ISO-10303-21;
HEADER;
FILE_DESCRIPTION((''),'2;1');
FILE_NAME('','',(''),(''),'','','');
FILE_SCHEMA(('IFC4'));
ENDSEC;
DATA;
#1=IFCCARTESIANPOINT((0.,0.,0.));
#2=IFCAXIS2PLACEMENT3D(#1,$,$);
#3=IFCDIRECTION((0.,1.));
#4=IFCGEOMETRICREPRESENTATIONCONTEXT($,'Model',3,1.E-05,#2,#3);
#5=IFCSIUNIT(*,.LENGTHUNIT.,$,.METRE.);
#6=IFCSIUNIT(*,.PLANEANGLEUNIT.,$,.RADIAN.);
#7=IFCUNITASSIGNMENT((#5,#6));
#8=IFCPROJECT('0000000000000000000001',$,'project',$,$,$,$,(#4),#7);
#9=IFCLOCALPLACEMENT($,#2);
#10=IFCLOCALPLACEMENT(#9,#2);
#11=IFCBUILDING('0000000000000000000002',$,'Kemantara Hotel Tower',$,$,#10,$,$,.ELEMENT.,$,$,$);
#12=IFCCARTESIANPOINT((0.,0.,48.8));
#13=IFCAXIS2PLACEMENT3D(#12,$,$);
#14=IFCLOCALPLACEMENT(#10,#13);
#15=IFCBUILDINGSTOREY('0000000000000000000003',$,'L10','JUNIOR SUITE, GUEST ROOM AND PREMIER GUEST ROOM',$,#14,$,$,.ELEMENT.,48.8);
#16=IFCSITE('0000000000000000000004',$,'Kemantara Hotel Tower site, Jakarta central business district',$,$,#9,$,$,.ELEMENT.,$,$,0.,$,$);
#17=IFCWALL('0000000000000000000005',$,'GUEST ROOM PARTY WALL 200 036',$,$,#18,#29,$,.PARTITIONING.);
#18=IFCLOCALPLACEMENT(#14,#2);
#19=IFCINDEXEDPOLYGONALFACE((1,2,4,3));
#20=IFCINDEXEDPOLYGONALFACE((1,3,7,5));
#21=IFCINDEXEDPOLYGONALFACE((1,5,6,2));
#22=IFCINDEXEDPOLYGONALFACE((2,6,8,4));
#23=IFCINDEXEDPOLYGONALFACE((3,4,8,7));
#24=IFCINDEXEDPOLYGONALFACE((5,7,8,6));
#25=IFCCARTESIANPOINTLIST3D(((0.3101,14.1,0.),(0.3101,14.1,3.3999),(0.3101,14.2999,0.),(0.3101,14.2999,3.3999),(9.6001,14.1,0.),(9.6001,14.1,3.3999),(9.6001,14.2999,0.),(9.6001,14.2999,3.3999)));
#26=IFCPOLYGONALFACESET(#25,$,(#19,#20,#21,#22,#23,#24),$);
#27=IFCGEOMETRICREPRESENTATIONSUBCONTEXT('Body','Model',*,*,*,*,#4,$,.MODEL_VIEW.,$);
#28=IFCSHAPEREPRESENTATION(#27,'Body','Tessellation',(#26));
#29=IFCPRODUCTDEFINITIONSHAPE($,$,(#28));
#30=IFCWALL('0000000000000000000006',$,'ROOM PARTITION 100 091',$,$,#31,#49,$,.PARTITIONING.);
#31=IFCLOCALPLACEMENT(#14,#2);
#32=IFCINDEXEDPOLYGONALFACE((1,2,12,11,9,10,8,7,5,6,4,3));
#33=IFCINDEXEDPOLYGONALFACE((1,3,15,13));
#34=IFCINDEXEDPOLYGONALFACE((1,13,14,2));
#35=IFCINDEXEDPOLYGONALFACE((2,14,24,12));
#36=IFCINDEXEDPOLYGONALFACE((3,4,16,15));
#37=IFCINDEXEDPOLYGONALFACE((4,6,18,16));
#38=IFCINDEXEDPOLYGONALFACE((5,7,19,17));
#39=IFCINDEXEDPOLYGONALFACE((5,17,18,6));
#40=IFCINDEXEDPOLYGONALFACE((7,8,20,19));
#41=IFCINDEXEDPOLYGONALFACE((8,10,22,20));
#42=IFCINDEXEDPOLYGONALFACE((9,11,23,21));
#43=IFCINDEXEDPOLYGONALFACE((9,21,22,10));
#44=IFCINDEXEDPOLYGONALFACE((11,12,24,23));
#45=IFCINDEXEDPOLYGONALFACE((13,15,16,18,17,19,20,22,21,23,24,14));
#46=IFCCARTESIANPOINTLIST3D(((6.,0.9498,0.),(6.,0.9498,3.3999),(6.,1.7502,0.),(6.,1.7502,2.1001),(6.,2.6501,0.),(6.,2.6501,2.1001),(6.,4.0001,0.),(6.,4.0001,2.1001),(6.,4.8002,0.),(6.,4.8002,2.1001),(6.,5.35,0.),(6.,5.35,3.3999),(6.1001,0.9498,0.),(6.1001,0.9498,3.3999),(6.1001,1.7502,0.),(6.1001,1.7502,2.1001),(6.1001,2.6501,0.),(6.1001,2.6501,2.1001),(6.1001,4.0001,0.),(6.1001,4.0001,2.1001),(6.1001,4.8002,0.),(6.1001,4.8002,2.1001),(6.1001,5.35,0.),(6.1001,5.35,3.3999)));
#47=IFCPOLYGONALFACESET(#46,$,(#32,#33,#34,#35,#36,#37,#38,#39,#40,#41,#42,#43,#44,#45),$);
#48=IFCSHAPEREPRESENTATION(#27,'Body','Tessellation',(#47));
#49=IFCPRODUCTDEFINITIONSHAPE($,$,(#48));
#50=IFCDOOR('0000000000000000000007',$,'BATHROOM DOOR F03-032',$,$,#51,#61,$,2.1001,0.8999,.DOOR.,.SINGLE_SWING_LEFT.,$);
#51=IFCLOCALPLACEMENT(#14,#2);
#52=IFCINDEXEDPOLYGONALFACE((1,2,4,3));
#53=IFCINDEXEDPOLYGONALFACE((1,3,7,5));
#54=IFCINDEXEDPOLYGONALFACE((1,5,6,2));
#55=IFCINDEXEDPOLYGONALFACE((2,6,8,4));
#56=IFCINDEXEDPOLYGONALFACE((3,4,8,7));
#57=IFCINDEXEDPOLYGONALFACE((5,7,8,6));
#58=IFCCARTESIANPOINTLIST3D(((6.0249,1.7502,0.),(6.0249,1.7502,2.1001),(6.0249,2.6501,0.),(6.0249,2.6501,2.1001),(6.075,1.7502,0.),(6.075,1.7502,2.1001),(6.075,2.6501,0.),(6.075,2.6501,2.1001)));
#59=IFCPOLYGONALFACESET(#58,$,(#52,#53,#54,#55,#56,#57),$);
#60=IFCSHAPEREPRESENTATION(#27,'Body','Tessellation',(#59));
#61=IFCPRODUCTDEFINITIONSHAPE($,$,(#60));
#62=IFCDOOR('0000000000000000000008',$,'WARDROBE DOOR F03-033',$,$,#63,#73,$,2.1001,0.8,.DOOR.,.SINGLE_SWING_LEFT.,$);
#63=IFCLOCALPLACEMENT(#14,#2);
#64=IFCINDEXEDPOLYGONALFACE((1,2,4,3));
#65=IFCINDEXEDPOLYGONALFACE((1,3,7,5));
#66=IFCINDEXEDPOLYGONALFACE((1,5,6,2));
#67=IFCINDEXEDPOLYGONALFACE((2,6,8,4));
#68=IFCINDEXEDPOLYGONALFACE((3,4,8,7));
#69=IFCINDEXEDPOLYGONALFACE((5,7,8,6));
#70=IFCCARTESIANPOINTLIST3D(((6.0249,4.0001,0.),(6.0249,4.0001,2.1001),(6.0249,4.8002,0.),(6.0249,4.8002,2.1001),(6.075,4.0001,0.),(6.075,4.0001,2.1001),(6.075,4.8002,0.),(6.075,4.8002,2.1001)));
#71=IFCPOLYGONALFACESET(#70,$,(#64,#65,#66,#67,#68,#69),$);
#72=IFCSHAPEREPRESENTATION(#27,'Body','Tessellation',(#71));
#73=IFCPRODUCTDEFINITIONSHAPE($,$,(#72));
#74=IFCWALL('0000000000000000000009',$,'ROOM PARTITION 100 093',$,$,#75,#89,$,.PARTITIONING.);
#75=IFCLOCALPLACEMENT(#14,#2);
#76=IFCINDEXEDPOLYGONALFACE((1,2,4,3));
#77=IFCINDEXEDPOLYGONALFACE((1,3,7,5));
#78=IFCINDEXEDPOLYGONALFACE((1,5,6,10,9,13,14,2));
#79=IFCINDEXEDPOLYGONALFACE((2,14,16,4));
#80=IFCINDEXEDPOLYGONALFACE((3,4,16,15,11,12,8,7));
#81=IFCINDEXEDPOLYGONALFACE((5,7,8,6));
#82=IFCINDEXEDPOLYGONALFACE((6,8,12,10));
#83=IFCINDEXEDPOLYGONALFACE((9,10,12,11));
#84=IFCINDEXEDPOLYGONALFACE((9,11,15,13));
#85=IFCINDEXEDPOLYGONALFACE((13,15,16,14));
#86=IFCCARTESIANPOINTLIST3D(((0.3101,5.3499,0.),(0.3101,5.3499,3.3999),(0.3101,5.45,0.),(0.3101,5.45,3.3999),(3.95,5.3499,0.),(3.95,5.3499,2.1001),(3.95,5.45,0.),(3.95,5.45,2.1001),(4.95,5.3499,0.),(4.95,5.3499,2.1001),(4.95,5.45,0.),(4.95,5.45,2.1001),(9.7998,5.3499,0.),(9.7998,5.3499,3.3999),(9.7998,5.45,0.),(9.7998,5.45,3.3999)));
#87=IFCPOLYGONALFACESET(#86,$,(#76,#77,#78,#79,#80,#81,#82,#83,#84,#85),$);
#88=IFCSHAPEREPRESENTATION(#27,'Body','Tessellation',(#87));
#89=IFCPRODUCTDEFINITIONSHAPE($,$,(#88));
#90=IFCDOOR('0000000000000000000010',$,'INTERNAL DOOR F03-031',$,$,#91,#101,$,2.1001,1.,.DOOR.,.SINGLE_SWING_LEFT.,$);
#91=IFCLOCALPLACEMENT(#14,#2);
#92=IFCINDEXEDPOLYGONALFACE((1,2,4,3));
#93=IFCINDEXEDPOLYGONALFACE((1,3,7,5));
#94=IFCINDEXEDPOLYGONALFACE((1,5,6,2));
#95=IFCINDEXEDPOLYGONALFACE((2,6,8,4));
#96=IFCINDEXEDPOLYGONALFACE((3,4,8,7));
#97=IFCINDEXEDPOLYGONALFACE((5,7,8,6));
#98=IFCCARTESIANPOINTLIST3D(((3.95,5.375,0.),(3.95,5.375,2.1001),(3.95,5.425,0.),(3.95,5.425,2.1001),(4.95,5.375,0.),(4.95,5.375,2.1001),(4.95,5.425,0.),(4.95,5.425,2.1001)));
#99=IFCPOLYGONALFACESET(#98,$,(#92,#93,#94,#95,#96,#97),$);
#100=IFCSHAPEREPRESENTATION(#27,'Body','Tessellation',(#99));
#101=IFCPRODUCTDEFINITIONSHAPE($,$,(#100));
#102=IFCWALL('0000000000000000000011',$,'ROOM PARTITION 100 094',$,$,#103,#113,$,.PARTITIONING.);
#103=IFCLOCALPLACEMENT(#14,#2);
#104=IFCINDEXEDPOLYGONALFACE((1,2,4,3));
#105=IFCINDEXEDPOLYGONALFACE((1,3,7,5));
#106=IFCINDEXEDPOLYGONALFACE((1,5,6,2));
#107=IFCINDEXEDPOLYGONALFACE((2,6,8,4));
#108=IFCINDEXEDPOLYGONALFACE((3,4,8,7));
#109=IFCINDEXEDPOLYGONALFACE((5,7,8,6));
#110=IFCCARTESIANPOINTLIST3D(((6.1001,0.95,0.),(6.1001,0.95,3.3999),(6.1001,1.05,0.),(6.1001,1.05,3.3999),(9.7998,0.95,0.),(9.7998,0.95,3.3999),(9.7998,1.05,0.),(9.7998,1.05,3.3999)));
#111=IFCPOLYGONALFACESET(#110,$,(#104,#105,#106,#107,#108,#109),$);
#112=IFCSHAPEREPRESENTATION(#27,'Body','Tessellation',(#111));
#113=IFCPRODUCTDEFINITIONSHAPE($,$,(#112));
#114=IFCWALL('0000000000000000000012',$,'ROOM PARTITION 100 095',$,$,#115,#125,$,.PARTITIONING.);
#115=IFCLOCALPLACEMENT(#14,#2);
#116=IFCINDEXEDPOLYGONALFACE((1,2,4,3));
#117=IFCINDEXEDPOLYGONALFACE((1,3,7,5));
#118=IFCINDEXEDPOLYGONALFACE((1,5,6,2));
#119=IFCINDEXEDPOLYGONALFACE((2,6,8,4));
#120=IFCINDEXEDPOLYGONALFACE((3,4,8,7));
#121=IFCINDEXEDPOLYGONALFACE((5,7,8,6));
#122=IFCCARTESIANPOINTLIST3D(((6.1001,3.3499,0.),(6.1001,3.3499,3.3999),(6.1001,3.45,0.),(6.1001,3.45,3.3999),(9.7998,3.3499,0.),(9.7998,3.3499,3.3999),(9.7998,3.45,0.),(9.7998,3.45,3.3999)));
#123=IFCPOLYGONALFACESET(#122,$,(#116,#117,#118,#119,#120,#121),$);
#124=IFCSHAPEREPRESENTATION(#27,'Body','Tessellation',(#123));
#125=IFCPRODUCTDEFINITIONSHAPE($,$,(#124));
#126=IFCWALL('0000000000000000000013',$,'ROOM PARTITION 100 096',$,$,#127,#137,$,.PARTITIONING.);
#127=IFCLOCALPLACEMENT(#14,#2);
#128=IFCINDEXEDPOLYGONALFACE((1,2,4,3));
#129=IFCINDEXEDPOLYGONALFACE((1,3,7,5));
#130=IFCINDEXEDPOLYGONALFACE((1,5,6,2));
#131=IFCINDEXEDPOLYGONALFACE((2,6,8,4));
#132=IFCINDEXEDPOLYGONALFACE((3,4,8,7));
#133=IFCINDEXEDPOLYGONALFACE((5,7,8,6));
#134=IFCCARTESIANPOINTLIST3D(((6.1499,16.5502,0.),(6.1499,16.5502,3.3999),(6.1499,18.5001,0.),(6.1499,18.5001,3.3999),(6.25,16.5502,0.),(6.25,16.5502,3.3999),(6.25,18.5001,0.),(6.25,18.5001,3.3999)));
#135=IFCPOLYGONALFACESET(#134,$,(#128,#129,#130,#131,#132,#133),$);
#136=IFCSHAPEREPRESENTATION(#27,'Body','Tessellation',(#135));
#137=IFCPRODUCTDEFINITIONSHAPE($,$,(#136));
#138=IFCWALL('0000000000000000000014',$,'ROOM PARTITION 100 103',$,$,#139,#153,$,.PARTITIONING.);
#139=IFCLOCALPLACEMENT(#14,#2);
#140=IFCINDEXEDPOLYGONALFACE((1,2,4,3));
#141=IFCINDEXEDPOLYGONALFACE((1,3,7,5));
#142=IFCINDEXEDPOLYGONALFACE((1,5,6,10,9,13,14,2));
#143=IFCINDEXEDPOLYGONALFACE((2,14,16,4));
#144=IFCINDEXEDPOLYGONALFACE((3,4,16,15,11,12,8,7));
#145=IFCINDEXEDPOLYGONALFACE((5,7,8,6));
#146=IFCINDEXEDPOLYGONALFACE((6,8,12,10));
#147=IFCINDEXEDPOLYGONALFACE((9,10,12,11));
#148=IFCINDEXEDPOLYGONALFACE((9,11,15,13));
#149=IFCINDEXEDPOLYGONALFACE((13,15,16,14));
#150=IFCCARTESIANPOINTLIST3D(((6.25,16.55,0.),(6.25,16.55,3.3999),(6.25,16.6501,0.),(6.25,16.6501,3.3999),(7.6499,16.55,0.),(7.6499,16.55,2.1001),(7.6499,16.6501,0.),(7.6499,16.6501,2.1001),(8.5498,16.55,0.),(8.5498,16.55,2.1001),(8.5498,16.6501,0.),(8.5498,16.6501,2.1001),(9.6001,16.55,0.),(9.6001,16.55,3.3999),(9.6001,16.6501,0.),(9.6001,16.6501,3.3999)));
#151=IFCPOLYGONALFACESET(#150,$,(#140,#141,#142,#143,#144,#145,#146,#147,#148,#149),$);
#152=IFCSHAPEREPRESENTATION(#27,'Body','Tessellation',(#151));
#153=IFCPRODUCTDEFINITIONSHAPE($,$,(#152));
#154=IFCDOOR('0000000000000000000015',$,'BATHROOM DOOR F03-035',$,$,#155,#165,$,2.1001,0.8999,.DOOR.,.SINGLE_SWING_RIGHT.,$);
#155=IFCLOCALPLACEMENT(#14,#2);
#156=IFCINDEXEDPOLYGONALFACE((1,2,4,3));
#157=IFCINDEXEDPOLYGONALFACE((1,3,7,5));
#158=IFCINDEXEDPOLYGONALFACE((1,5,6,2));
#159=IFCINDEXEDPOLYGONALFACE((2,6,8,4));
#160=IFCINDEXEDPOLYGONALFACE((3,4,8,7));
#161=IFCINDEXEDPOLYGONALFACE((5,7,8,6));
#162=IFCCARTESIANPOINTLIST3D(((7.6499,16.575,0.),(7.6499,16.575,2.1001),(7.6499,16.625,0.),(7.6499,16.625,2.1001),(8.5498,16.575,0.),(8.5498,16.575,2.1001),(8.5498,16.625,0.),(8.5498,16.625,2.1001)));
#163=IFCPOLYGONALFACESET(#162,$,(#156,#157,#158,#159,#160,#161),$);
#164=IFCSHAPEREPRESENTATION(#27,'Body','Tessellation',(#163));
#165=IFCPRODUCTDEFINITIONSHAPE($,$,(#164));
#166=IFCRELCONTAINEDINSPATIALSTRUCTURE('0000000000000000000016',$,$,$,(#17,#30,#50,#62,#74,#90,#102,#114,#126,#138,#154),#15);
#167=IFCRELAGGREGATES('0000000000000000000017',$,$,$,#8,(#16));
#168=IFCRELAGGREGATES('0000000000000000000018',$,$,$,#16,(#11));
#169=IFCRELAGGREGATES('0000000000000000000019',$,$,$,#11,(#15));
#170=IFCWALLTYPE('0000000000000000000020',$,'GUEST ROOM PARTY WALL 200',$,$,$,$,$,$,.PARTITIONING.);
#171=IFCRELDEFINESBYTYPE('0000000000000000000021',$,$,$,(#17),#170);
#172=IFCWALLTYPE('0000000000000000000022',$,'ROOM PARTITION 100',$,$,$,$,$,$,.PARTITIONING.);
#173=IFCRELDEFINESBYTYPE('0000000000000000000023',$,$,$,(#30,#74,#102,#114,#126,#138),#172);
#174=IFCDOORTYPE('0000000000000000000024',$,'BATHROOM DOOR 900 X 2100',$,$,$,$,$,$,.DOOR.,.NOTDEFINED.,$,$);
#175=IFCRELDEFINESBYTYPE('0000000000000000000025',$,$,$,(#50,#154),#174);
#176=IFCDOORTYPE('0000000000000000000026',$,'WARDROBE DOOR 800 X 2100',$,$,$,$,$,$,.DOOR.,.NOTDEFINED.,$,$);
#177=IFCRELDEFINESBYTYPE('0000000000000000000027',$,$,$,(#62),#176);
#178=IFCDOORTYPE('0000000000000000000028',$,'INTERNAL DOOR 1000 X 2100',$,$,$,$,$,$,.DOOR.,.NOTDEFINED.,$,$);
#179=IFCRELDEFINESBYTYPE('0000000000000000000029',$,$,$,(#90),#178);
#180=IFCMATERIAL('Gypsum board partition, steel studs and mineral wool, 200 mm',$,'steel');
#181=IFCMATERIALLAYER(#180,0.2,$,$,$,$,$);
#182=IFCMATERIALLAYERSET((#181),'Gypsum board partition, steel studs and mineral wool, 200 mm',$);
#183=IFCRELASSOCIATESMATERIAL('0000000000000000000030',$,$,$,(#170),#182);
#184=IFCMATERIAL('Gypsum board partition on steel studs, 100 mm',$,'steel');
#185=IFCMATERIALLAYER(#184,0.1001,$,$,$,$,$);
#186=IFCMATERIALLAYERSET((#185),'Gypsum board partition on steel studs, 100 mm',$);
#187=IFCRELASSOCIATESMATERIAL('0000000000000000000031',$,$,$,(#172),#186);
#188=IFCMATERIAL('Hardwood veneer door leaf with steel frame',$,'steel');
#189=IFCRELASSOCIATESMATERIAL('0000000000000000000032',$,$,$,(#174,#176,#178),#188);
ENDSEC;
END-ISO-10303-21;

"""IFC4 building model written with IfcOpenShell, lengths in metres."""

from ifc_helpers import new_model, si_unit, direction, frame, frame_2d, origin, place, context, subcontext, project, spatial, rectangle, extrude, material, layer, layer_set, type_object, element, fill, save


model = new_model("IFC4")

# Units and contexts
model_context = context("Model", 3, precision=1e-05, world=origin(), true_north=direction((0.0, 1.0)))
body_context = subcontext(model_context, "Body", "Model", "MODEL_VIEW")
ifc_project = project(units=[si_unit("LENGTHUNIT", "METRE"), si_unit("PLANEANGLEUNIT", "RADIAN")], contexts=[model_context])

# Site, building, storey
site_placement = place(None, origin())
site = spatial("IfcSite", under=ifc_project, at=site_placement, Name="Kemantara Hotel Tower site, Jakarta central business district", CompositionType="ELEMENT", RefElevation=0.0)
building_placement = place(site_placement, origin())
building = spatial("IfcBuilding", under=site, at=building_placement, Name="Kemantara Hotel Tower", CompositionType="ELEMENT")
storey_placement = place(building_placement, frame((0.0, 0.0, 48.8)))
storey = spatial("IfcBuildingStorey", under=building, at=storey_placement, Name="L10", Description="JUNIOR SUITE, GUEST ROOM AND PREMIER GUEST ROOM", CompositionType="ELEMENT", Elevation=48.8)

# Shared definitions
ifc_material_1 = material(Name="Gypsum board partition, steel studs and mineral wool, 200 mm", Category="steel")
ifc_material_2 = material(Name="Hardwood veneer door leaf with steel frame", Category="steel")

# Wall
ifc_layer_1 = layer(ifc_material_1, 0.2)
ifc_layer_set_1 = layer_set([ifc_layer_1], Name="Gypsum board partition, steel studs and mineral wool, 200 mm")
wall_type_1 = type_object("IfcWallType", Name="GUEST ROOM PARTY WALL 200", PredefinedType="PARTITIONING", material=ifc_layer_set_1)
wall_1_placement = place(storey_placement, frame((0.3101, 14.2, 0.0), z_axis=(0.0, 0.0, 1.0), x_axis=(1.0, 0.0, 0.0)))
element("IfcWall", 1, at=wall_1_placement, inside=storey, type_object=wall_type_1, Name="GUEST ROOM PARTY WALL 200 036", PredefinedType="PARTITIONING", context=body_context, shape_type="SweptSolid", body=[
    extrude(rectangle(XDim=9.29, YDim=0.2, at=frame_2d((4.645, 0.0))), origin(), (0.0, 0.0, 1.0), 3.3999),
])

# Wall, openings, doors
ifc_material_3 = material(Name="Gypsum board partition on steel studs, 100 mm", Category="steel")
ifc_layer_2 = layer(ifc_material_3, 0.1001)
ifc_layer_set_2 = layer_set([ifc_layer_2], Name="Gypsum board partition on steel studs, 100 mm")
wall_type_2 = type_object("IfcWallType", Name="ROOM PARTITION 100", PredefinedType="PARTITIONING", material=ifc_layer_set_2)
wall_2_placement = place(storey_placement, frame((6.05, 5.3501, 0.0), z_axis=(0.0, 0.0, 1.0), x_axis=(0.0, -1.0, 0.0)))
wall_2 = element("IfcWall", 2, at=wall_2_placement, inside=storey, type_object=wall_type_2, Name="ROOM PARTITION 100 091", PredefinedType="PARTITIONING", context=body_context, shape_type="SweptSolid", body=[
    extrude(rectangle(XDim=4.4001, YDim=0.1001, at=frame_2d((2.2002, 0.0))), origin(), (0.0, 0.0, 1.0), 3.3999),
])
opening_1_placement = place(wall_2_placement, frame((2.7, 0.0, 0.0)))
opening_1 = element("IfcOpeningElement", 3, at=opening_1_placement, cuts=wall_2, PredefinedType="OPENING", context=body_context, shape_type="SweptSolid", body=[
    extrude(rectangle(XDim=0.8999, YDim=2.1001, at=frame_2d((0.45, 1.05))), frame((0.0, 0.0601, 0.0), z_axis=(0.0, -1.0, 0.0), x_axis=(1.0, 0.0, 0.0)), (0.0, 0.0, 1.0), 0.1201),
])
opening_2_placement = place(wall_2_placement, frame((0.55, 0.0, 0.0)))
opening_2 = element("IfcOpeningElement", 4, at=opening_2_placement, cuts=wall_2, PredefinedType="OPENING", context=body_context, shape_type="SweptSolid", body=[
    extrude(rectangle(XDim=0.8, YDim=2.1001, at=frame_2d((0.3999, 1.05))), frame((0.0, 0.0601, 0.0), z_axis=(0.0, -1.0, 0.0), x_axis=(1.0, 0.0, 0.0)), (0.0, 0.0, 1.0), 0.1201),
])
door_type_1 = type_object("IfcDoorType", Name="BATHROOM DOOR 900 X 2100", OperationType="NOTDEFINED", PredefinedType="DOOR", material=ifc_material_2)
door_1_placement = place(opening_1_placement, origin())
door_1 = element("IfcDoor", 5, at=door_1_placement, inside=storey, type_object=door_type_1, Name="BATHROOM DOOR F03-032", OperationType="SINGLE_SWING_LEFT", OverallHeight=2.1001, OverallWidth=0.8999, PredefinedType="DOOR", context=body_context, shape_type="SweptSolid", body=[
    extrude(rectangle(XDim=0.8999, YDim=2.1001, at=frame_2d((0.45, 1.05))), frame((0.0, 0.0249, 0.0), z_axis=(0.0, -1.0, 0.0), x_axis=(1.0, 0.0, 0.0)), (0.0, 0.0, 1.0), 0.05),
])
fill(opening_1, door_1)
door_type_2 = type_object("IfcDoorType", Name="WARDROBE DOOR 800 X 2100", OperationType="NOTDEFINED", PredefinedType="DOOR", material=ifc_material_2)
door_2_placement = place(opening_2_placement, origin())
door_2 = element("IfcDoor", 6, at=door_2_placement, inside=storey, type_object=door_type_2, Name="WARDROBE DOOR F03-033", OperationType="SINGLE_SWING_LEFT", OverallHeight=2.1001, OverallWidth=0.8, PredefinedType="DOOR", context=body_context, shape_type="SweptSolid", body=[
    extrude(rectangle(XDim=0.8, YDim=2.1001, at=frame_2d((0.3999, 1.05))), frame((0.0, 0.0249, 0.0), z_axis=(0.0, -1.0, 0.0), x_axis=(1.0, 0.0, 0.0)), (0.0, 0.0, 1.0), 0.05),
])
fill(opening_2, door_2)

# Wall, opening, door
wall_3_placement = place(storey_placement, frame((9.7998, 5.3999, 0.0), z_axis=(0.0, 0.0, 1.0), x_axis=(-1.0, 0.0, 0.0)))
wall_3 = element("IfcWall", 7, at=wall_3_placement, inside=storey, type_object=wall_type_2, Name="ROOM PARTITION 100 093", PredefinedType="PARTITIONING", context=body_context, shape_type="SweptSolid", body=[
    extrude(rectangle(XDim=9.4897, YDim=0.1001, at=frame_2d((4.7449, 0.0))), origin(), (0.0, 0.0, 1.0), 3.3999),
])
opening_3_placement = place(wall_3_placement, frame((4.8499, 0.0, 0.0)))
opening_3 = element("IfcOpeningElement", 8, at=opening_3_placement, cuts=wall_3, PredefinedType="OPENING", context=body_context, shape_type="SweptSolid", body=[
    extrude(rectangle(XDim=1.0, YDim=2.1001, at=frame_2d((0.5, 1.05))), frame((0.0, 0.0601, 0.0), z_axis=(0.0, -1.0, 0.0), x_axis=(1.0, 0.0, 0.0)), (0.0, 0.0, 1.0), 0.1201),
])
door_type_3 = type_object("IfcDoorType", Name="INTERNAL DOOR 1000 X 2100", OperationType="NOTDEFINED", PredefinedType="DOOR", material=ifc_material_2)
door_3_placement = place(opening_3_placement, origin())
door_3 = element("IfcDoor", 9, at=door_3_placement, inside=storey, type_object=door_type_3, Name="INTERNAL DOOR F03-031", OperationType="SINGLE_SWING_LEFT", OverallHeight=2.1001, OverallWidth=1.0, PredefinedType="DOOR", context=body_context, shape_type="SweptSolid", body=[
    extrude(rectangle(XDim=1.0, YDim=2.1001, at=frame_2d((0.5, 1.05))), frame((0.0, 0.0249, 0.0), z_axis=(0.0, -1.0, 0.0), x_axis=(1.0, 0.0, 0.0)), (0.0, 0.0, 1.0), 0.05),
])
fill(opening_3, door_3)

# Walls
for number, where, z_axis, x_axis, name in (
    (10, (6.1001, 1.0, 0.0), (0.0, 0.0, 1.0), (1.0, 0.0, 0.0), "ROOM PARTITION 100 094"),
    (11, (6.1001, 3.3999, 0.0), (0.0, 0.0, 1.0), (1.0, 0.0, 0.0), "ROOM PARTITION 100 095"),
):
    element("IfcWall", number, at=place(storey_placement, frame(where, z_axis=z_axis, x_axis=x_axis)), inside=storey, type_object=wall_type_2, Name=name, PredefinedType="PARTITIONING", context=body_context, shape_type="SweptSolid", body=[
        extrude(rectangle(XDim=3.6997, YDim=0.1001, at=frame_2d((1.8499, 0.0))), origin(), (0.0, 0.0, 1.0), 3.3999),
    ])
wall_4_placement = place(storey_placement, frame((6.2, 16.55, 0.0), z_axis=(0.0, 0.0, 1.0), x_axis=(0.0, 1.0, 0.0)))
element("IfcWall", 12, at=wall_4_placement, inside=storey, type_object=wall_type_2, Name="ROOM PARTITION 100 096", PredefinedType="PARTITIONING", context=body_context, shape_type="SweptSolid", body=[
    extrude(rectangle(XDim=1.95, YDim=0.1001, at=frame_2d((0.9751, 0.0))), origin(), (0.0, 0.0, 1.0), 3.3999),
])

# Wall, opening, door
wall_5_placement = place(storey_placement, frame((6.25, 16.6001, 0.0), z_axis=(0.0, 0.0, 1.0), x_axis=(1.0, 0.0, 0.0)))
wall_5 = element("IfcWall", 13, at=wall_5_placement, inside=storey, type_object=wall_type_2, Name="ROOM PARTITION 100 103", PredefinedType="PARTITIONING", context=body_context, shape_type="SweptSolid", body=[
    extrude(rectangle(XDim=3.3501, YDim=0.1001, at=frame_2d((1.675, 0.0))), origin(), (0.0, 0.0, 1.0), 3.3999),
])
opening_4_placement = place(wall_5_placement, frame((1.3999, 0.0, 0.0)))
opening_4 = element("IfcOpeningElement", 14, at=opening_4_placement, cuts=wall_5, PredefinedType="OPENING", context=body_context, shape_type="SweptSolid", body=[
    extrude(rectangle(XDim=0.8999, YDim=2.1001, at=frame_2d((0.45, 1.05))), frame((0.0, 0.0601, 0.0), z_axis=(0.0, -1.0, 0.0), x_axis=(1.0, 0.0, 0.0)), (0.0, 0.0, 1.0), 0.1201),
])
door_4_placement = place(opening_4_placement, origin())
door_4 = element("IfcDoor", 15, at=door_4_placement, inside=storey, type_object=door_type_1, Name="BATHROOM DOOR F03-035", OperationType="SINGLE_SWING_RIGHT", OverallHeight=2.1001, OverallWidth=0.8999, PredefinedType="DOOR", context=body_context, shape_type="SweptSolid", body=[
    extrude(rectangle(XDim=0.8999, YDim=2.1001, at=frame_2d((0.45, 1.05))), frame((0.0, 0.0249, 0.0), z_axis=(0.0, -1.0, 0.0), x_axis=(1.0, 0.0, 0.0)), (0.0, 0.0, 1.0), 0.05),
])
fill(opening_4, door_4)

save(model, "model.ifc")
